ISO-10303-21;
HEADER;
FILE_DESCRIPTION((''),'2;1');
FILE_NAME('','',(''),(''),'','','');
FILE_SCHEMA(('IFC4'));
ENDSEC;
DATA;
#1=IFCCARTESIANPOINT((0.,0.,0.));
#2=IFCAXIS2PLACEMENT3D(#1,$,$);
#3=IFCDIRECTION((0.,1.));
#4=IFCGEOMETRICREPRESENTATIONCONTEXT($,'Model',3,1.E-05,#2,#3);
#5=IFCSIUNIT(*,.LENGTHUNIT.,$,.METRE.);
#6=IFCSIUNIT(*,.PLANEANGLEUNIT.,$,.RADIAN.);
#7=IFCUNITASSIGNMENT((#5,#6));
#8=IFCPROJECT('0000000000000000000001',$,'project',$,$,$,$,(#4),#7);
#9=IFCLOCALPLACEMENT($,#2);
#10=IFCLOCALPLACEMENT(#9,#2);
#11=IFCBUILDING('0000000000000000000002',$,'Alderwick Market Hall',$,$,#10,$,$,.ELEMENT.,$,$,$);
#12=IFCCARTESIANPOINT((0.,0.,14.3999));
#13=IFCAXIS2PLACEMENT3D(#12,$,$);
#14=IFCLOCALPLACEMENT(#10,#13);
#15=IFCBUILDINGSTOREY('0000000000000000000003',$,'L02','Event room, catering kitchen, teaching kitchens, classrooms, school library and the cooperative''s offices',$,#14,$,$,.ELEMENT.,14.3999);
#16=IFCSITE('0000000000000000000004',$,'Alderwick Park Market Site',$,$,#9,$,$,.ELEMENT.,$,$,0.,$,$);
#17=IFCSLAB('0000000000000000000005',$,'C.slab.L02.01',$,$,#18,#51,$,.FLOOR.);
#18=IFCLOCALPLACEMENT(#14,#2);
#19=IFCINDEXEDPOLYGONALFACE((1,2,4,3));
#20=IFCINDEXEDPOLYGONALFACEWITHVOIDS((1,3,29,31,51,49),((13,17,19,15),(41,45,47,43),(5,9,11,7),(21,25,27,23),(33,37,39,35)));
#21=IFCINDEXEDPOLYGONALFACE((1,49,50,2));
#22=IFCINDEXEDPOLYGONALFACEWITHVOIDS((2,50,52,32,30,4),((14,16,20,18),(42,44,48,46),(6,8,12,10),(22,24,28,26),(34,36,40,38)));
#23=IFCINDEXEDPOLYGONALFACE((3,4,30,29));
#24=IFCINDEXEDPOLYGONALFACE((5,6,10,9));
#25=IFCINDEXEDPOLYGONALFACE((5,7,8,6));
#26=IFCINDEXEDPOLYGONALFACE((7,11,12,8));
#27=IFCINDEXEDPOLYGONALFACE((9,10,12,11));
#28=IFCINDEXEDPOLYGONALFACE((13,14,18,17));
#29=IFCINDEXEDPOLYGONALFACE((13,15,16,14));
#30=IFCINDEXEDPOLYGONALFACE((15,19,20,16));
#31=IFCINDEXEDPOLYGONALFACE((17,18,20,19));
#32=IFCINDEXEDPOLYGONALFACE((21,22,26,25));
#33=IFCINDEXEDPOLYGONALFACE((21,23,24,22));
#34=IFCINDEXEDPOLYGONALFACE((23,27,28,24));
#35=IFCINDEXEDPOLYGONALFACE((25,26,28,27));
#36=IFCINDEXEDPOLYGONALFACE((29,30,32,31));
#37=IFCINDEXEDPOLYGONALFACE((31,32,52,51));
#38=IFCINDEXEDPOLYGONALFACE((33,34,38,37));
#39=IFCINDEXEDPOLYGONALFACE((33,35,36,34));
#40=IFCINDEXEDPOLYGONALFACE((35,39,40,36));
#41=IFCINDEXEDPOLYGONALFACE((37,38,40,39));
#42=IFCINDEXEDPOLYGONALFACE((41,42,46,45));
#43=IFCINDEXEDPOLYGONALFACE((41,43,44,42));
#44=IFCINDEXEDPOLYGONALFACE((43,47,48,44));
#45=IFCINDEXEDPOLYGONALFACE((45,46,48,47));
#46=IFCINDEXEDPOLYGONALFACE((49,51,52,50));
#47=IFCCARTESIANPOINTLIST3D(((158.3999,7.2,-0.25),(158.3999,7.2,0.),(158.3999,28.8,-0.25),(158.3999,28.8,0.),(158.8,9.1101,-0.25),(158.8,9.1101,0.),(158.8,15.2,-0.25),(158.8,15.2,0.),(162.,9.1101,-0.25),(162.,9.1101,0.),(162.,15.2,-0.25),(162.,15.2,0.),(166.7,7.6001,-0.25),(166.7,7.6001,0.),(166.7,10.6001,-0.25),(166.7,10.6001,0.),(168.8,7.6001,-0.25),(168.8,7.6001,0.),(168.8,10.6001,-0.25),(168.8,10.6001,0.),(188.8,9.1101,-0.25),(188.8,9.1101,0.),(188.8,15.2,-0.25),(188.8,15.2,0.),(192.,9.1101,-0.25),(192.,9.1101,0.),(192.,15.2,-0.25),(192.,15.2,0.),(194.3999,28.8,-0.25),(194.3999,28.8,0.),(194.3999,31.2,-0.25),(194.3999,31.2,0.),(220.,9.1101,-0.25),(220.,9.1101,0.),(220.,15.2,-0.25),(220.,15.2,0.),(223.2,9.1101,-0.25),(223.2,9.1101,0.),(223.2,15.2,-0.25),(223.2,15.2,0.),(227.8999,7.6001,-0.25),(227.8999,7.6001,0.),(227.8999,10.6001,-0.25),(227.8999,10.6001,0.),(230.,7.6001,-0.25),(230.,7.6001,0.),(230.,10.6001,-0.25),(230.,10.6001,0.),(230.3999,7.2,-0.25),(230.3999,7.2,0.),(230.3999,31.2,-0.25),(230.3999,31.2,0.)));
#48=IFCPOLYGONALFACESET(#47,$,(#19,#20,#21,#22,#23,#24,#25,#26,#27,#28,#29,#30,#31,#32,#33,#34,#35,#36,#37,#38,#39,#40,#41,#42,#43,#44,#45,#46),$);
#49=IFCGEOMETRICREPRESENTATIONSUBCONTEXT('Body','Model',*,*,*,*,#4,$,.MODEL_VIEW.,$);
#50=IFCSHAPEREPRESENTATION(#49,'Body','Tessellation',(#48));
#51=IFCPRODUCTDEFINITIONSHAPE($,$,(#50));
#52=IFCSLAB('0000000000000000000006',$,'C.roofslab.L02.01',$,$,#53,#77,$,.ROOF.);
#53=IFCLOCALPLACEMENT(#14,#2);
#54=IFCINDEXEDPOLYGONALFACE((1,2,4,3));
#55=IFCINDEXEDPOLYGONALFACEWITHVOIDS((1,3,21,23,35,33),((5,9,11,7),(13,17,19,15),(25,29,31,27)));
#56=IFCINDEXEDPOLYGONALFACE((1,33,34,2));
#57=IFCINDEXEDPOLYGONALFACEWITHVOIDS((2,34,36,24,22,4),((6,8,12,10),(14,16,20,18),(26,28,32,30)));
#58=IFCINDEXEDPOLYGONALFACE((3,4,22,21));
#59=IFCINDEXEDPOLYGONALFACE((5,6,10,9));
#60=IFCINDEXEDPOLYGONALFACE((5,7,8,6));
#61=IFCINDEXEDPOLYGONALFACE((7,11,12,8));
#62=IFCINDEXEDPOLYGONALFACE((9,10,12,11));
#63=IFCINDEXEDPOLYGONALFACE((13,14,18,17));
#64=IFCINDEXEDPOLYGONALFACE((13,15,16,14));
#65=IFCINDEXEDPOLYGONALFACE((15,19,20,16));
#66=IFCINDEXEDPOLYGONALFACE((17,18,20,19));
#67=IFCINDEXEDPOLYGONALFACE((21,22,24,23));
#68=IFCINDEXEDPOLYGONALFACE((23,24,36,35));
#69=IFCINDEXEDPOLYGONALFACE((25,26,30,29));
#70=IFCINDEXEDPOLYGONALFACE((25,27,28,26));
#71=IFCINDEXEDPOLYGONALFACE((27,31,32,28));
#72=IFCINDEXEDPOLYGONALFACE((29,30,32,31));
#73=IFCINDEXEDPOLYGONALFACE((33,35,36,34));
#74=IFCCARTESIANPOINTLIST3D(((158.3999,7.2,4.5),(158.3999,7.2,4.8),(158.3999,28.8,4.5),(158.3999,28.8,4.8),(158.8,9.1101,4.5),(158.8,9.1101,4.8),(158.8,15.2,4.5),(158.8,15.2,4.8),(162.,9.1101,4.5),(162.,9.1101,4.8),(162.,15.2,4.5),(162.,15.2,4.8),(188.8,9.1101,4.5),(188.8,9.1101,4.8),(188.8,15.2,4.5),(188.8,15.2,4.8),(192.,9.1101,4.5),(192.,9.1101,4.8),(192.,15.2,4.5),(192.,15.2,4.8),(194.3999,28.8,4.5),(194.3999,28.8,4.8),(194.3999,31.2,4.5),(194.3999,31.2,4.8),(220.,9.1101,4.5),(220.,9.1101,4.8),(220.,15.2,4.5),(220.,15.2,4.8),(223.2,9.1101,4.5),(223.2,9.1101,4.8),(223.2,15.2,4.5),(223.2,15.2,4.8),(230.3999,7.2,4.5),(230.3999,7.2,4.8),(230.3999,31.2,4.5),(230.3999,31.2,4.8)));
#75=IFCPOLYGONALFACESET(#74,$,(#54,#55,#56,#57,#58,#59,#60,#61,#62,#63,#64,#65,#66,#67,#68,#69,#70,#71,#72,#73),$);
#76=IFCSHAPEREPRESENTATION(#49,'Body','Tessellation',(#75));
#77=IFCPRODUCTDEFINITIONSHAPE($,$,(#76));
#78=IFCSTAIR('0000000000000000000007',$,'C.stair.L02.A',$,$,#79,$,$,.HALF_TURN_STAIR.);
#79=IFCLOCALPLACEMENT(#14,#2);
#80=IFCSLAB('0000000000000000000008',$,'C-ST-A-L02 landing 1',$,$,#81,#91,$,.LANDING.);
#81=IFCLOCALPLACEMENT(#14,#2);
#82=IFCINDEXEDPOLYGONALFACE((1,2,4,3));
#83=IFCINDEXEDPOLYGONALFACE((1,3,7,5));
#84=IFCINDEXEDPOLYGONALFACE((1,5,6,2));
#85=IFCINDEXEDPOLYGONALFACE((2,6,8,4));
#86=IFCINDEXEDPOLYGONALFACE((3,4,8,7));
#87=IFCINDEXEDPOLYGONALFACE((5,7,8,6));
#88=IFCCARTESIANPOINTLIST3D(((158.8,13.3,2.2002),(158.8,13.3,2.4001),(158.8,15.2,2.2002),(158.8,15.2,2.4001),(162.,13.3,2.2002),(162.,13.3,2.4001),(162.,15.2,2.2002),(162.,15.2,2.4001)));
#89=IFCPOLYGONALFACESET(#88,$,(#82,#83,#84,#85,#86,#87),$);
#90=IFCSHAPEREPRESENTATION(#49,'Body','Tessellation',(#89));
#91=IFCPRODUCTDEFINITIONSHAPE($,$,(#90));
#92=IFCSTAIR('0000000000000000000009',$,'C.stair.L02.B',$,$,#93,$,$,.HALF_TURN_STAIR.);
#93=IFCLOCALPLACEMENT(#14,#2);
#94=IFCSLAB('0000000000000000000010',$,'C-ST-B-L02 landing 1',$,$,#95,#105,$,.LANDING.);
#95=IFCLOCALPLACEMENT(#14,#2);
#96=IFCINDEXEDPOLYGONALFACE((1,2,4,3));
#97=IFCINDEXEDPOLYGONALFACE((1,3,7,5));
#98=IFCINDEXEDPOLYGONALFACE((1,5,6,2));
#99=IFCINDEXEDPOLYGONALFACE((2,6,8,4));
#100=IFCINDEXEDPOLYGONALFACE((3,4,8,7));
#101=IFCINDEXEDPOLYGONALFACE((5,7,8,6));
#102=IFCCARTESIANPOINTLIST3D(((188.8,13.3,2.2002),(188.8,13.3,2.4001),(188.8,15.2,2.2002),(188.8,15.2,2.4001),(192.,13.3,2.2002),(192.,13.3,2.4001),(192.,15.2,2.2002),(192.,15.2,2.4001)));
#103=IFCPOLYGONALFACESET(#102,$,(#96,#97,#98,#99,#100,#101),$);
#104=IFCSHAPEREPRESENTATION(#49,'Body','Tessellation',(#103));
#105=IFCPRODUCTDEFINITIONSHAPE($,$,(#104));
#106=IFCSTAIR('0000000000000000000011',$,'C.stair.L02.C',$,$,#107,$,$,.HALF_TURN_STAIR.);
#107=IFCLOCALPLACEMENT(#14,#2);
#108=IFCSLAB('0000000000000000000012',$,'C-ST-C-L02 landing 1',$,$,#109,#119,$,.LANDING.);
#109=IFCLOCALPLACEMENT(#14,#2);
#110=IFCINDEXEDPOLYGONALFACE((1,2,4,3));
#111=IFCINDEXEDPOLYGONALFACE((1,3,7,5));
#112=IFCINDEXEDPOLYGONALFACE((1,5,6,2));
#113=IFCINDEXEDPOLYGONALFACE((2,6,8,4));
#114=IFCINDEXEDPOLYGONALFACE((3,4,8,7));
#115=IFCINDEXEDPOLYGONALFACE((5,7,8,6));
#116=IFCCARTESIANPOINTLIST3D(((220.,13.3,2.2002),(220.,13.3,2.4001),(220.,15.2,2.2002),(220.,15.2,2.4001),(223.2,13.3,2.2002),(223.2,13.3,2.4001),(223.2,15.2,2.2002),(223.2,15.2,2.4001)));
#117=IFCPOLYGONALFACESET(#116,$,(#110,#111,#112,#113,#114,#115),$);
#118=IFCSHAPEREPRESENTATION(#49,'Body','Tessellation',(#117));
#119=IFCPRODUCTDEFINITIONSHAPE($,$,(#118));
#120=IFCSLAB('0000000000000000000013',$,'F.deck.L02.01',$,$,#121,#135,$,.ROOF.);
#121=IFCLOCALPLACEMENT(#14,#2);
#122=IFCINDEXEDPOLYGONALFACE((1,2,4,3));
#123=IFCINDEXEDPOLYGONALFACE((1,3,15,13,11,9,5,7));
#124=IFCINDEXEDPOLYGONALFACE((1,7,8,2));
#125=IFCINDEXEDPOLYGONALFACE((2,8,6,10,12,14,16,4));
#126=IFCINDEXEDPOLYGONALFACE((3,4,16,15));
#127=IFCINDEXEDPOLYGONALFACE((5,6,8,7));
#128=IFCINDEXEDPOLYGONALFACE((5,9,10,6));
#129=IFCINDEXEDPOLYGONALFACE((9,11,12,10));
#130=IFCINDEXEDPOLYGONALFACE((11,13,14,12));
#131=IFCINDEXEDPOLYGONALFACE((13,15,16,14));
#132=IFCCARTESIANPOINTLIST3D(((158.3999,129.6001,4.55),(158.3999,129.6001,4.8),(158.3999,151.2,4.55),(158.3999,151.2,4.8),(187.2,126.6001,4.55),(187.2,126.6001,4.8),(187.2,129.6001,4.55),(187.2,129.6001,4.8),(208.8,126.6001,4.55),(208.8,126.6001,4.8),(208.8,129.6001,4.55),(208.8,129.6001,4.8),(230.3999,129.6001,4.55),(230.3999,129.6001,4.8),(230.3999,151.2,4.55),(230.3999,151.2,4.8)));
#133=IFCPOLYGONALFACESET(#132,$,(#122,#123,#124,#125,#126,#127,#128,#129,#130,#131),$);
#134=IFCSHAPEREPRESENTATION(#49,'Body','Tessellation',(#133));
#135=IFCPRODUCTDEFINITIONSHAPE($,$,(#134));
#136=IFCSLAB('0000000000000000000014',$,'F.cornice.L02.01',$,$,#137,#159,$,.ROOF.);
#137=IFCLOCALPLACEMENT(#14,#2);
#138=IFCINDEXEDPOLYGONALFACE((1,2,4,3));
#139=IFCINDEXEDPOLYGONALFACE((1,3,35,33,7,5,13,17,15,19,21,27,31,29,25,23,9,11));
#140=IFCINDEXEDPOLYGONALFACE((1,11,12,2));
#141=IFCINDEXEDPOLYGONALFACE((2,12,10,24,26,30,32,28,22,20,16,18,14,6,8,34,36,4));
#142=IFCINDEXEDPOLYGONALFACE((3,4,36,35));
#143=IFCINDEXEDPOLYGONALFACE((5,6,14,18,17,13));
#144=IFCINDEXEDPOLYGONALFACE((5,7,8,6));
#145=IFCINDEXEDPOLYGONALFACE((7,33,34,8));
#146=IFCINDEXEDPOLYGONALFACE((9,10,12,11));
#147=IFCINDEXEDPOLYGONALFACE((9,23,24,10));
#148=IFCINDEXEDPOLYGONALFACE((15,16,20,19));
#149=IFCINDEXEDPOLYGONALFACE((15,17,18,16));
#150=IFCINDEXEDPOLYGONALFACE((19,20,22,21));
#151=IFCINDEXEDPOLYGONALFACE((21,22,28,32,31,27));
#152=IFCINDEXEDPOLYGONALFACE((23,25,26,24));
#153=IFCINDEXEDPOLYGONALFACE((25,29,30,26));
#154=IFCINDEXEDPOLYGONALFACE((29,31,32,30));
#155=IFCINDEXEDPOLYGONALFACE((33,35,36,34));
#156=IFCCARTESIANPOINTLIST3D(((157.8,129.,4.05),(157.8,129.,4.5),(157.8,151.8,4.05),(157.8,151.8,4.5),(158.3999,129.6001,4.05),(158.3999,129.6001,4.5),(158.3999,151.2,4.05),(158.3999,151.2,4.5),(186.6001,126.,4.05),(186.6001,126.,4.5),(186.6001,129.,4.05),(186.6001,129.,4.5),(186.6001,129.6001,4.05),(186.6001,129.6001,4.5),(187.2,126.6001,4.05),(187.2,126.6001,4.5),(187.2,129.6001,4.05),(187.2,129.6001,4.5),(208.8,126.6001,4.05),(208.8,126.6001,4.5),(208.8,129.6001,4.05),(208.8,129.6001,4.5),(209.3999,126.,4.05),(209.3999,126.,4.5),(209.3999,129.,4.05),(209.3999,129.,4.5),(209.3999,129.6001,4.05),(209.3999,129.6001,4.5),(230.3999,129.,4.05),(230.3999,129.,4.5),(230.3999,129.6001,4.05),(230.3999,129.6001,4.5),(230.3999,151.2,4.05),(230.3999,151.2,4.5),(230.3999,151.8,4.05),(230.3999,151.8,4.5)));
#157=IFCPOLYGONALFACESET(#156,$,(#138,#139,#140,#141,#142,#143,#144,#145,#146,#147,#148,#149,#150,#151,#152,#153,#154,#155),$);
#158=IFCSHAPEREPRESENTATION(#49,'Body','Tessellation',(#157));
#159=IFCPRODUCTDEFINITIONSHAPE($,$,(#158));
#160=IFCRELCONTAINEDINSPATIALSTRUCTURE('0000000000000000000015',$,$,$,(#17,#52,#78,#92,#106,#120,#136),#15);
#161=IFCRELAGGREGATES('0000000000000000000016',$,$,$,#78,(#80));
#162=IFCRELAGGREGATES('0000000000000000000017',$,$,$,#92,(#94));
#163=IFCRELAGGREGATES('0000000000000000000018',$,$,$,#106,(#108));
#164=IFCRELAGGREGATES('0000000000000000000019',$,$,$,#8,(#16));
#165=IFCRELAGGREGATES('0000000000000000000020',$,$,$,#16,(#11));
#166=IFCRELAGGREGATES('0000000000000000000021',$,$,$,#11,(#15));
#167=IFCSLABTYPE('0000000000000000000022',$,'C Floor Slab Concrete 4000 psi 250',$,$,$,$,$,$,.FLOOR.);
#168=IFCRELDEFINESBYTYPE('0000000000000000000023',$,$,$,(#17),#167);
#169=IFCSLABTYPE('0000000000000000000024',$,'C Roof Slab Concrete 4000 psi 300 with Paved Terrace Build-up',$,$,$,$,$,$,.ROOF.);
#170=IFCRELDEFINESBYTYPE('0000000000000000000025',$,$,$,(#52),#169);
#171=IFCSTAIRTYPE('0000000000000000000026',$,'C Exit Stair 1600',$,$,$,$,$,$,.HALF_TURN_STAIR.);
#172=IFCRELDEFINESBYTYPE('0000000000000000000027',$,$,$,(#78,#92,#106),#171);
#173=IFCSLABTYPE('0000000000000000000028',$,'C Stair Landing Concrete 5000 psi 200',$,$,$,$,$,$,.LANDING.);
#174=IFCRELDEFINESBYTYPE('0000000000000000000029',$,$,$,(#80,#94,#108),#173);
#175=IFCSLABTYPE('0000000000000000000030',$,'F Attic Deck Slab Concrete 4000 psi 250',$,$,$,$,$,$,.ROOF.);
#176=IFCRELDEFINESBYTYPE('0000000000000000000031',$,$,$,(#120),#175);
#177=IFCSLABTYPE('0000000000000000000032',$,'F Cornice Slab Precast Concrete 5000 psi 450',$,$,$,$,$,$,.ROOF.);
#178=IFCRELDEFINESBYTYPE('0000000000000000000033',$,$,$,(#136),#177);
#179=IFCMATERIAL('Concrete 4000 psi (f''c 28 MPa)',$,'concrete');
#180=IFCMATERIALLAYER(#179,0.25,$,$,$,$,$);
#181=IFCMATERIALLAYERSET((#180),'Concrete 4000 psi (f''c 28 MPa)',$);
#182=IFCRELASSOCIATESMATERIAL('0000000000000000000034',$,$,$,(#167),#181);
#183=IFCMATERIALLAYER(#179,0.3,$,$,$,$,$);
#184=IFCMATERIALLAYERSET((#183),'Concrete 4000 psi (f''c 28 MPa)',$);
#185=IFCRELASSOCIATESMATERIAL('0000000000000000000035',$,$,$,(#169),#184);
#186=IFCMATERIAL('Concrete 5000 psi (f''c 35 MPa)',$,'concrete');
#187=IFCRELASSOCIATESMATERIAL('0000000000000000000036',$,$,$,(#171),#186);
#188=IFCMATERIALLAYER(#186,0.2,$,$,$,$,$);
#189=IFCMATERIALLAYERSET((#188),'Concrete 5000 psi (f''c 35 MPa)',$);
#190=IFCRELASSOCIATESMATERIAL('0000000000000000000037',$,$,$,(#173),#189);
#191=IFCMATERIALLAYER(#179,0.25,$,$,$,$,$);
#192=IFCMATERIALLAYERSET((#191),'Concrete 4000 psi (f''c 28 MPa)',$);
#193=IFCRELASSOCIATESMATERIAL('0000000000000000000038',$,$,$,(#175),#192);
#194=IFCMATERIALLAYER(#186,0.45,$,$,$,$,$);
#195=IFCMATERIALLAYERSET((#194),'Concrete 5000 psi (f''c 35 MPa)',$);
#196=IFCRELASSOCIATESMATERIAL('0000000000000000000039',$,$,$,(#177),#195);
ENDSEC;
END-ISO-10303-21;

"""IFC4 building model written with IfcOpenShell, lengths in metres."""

from ifc_helpers import new_model, si_unit, direction, frame, origin, place, context, subcontext, project, spatial, polyline, outline, extrude, material, layer, layer_set, type_object, element, aggregate, save


model = new_model("IFC4")

# Units and contexts
model_context = context("Model", 3, precision=1e-05, world=origin(), true_north=direction((0.0, 1.0)))
body_context = subcontext(model_context, "Body", "Model", "MODEL_VIEW")
ifc_project = project(units=[si_unit("LENGTHUNIT", "METRE"), si_unit("PLANEANGLEUNIT", "RADIAN")], contexts=[model_context])

# Site, building, storey
site_placement = place(None, origin())
site = spatial("IfcSite", under=ifc_project, at=site_placement, Name="Alderwick Park Market Site", CompositionType="ELEMENT", RefElevation=0.0)
building_placement = place(site_placement, origin())
building = spatial("IfcBuilding", under=site, at=building_placement, Name="Alderwick Market Hall", CompositionType="ELEMENT")
storey_placement = place(building_placement, frame((0.0, 0.0, 14.3999)))
storey = spatial("IfcBuildingStorey", under=building, at=storey_placement, Name="L02", Description="Event room, catering kitchen, teaching kitchens, classrooms, school library and the cooperative's offices", CompositionType="ELEMENT", Elevation=14.3999)

# Slabs
ifc_material_1 = material(Name="Concrete 4000 psi (f'c 28 MPa)", Category="concrete")
ifc_material_2 = material(Name="Concrete 5000 psi (f'c 35 MPa)", Category="concrete")
ifc_layer_1 = layer(ifc_material_1, 0.25)
ifc_layer_set_1 = layer_set([ifc_layer_1], Name="Concrete 4000 psi (f'c 28 MPa)")
slab_type_1 = type_object("IfcSlabType", Name="C Floor Slab Concrete 4000 psi 250", PredefinedType="FLOOR", material=ifc_layer_set_1)
slab_1_placement = place(storey_placement, frame((0.0, 0.0, -0.25)))
element("IfcSlab", 1, at=slab_1_placement, inside=storey, type_object=slab_type_1, Name="C.slab.L02.01", PredefinedType="FLOOR", context=body_context, shape_type="SweptSolid", body=[
    extrude(outline(polyline([(230.3999, 7.2), (230.3999, 31.2), (194.3999, 31.2), (194.3999, 28.8), (158.3999, 28.8), (158.3999, 7.2), (230.3999, 7.2)]), holes=[polyline([(158.8, 15.2), (162.0, 15.2), (162.0, 9.1101), (158.8, 9.1101), (158.8, 15.2)]), polyline([(166.7, 10.6001), (168.8, 10.6001), (168.8, 7.6001), (166.7, 7.6001), (166.7, 10.6001)]), polyline([(188.8, 15.2), (192.0, 15.2), (192.0, 9.1101), (188.8, 9.1101), (188.8, 15.2)]), polyline([(220.0, 15.2), (223.2, 15.2), (223.2, 9.1101), (220.0, 9.1101), (220.0, 15.2)]), polyline([(227.8999, 10.6001), (230.0, 10.6001), (230.0, 7.6001), (227.8999, 7.6001), (227.8999, 10.6001)])]), origin(), (0.0, 0.0, 1.0), 0.25),
])
ifc_layer_2 = layer(ifc_material_1, 0.3)
ifc_layer_set_2 = layer_set([ifc_layer_2], Name="Concrete 4000 psi (f'c 28 MPa)")
slab_type_2 = type_object("IfcSlabType", Name="C Roof Slab Concrete 4000 psi 300 with Paved Terrace Build-up", PredefinedType="ROOF", material=ifc_layer_set_2)
slab_2_placement = place(storey_placement, frame((0.0, 0.0, 4.5)))
element("IfcSlab", 2, at=slab_2_placement, inside=storey, type_object=slab_type_2, Name="C.roofslab.L02.01", PredefinedType="ROOF", context=body_context, shape_type="SweptSolid", body=[
    extrude(outline(polyline([(230.3999, 7.2), (230.3999, 31.2), (194.3999, 31.2), (194.3999, 28.8), (158.3999, 28.8), (158.3999, 7.2), (230.3999, 7.2)]), holes=[polyline([(158.8, 15.2), (162.0, 15.2), (162.0, 9.1101), (158.8, 9.1101), (158.8, 15.2)]), polyline([(188.8, 15.2), (192.0, 15.2), (192.0, 9.1101), (188.8, 9.1101), (188.8, 15.2)]), polyline([(220.0, 15.2), (223.2, 15.2), (223.2, 9.1101), (220.0, 9.1101), (220.0, 15.2)])]), origin(), (0.0, 0.0, 1.0), 0.3),
])

# Stairs, slabs
stair_type = type_object("IfcStairType", Name="C Exit Stair 1600", PredefinedType="HALF_TURN_STAIR", material=ifc_material_2)
stair_1_placement = place(storey_placement, origin())
stair_1 = element("IfcStair", 3, at=stair_1_placement, inside=storey, type_object=stair_type, Name="C.stair.L02.A", PredefinedType="HALF_TURN_STAIR")
ifc_layer_3 = layer(ifc_material_2, 0.2)
ifc_layer_set_3 = layer_set([ifc_layer_3], Name="Concrete 5000 psi (f'c 35 MPa)")
slab_type_3 = type_object("IfcSlabType", Name="C Stair Landing Concrete 5000 psi 200", PredefinedType="LANDING", material=ifc_layer_set_3)
slab_3_placement = place(storey_placement, frame((0.0, 0.0, 2.2002)))
slab_3 = element("IfcSlab", 4, at=slab_3_placement, type_object=slab_type_3, Name="C-ST-A-L02 landing 1", PredefinedType="LANDING", context=body_context, shape_type="SweptSolid", body=[
    extrude(outline(polyline([(158.8, 15.2), (162.0, 15.2), (162.0, 13.3), (158.8, 13.3), (158.8, 15.2)])), origin(), (0.0, 0.0, 1.0), 0.2),
])
aggregate(stair_1, [slab_3])
stair_2_placement = place(storey_placement, origin())
stair_2 = element("IfcStair", 5, at=stair_2_placement, inside=storey, type_object=stair_type, Name="C.stair.L02.B", PredefinedType="HALF_TURN_STAIR")
slab_4_placement = place(storey_placement, frame((0.0, 0.0, 2.2002)))
slab_4 = element("IfcSlab", 6, at=slab_4_placement, type_object=slab_type_3, Name="C-ST-B-L02 landing 1", PredefinedType="LANDING", context=body_context, shape_type="SweptSolid", body=[
    extrude(outline(polyline([(188.8, 15.2), (192.0, 15.2), (192.0, 13.3), (188.8, 13.3), (188.8, 15.2)])), origin(), (0.0, 0.0, 1.0), 0.2),
])
aggregate(stair_2, [slab_4])
stair_3_placement = place(storey_placement, origin())
stair_3 = element("IfcStair", 7, at=stair_3_placement, inside=storey, type_object=stair_type, Name="C.stair.L02.C", PredefinedType="HALF_TURN_STAIR")
slab_5_placement = place(storey_placement, frame((0.0, 0.0, 2.2002)))
slab_5 = element("IfcSlab", 8, at=slab_5_placement, type_object=slab_type_3, Name="C-ST-C-L02 landing 1", PredefinedType="LANDING", context=body_context, shape_type="SweptSolid", body=[
    extrude(outline(polyline([(220.0, 15.2), (223.2, 15.2), (223.2, 13.3), (220.0, 13.3), (220.0, 15.2)])), origin(), (0.0, 0.0, 1.0), 0.2),
])
aggregate(stair_3, [slab_5])

# Slabs
ifc_layer_4 = layer(ifc_material_1, 0.25)
ifc_layer_set_4 = layer_set([ifc_layer_4], Name="Concrete 4000 psi (f'c 28 MPa)")
slab_type_4 = type_object("IfcSlabType", Name="F Attic Deck Slab Concrete 4000 psi 250", PredefinedType="ROOF", material=ifc_layer_set_4)
slab_6_placement = place(storey_placement, frame((0.0, 0.0, 4.55)))
element("IfcSlab", 9, at=slab_6_placement, inside=storey, type_object=slab_type_4, Name="F.deck.L02.01", PredefinedType="ROOF", context=body_context, shape_type="SweptSolid", body=[
    extrude(outline(polyline([(158.3999, 129.6001), (158.3999, 151.2), (230.3999, 151.2), (230.3999, 129.6001), (208.8, 129.6001), (208.8, 126.6001), (187.2, 126.6001), (187.2, 129.6001), (158.3999, 129.6001)])), origin(), (0.0, 0.0, 1.0), 0.25),
])
ifc_layer_5 = layer(ifc_material_2, 0.45)
ifc_layer_set_5 = layer_set([ifc_layer_5], Name="Concrete 5000 psi (f'c 35 MPa)")
slab_type_5 = type_object("IfcSlabType", Name="F Cornice Slab Precast Concrete 5000 psi 450", PredefinedType="ROOF", material=ifc_layer_set_5)
slab_7_placement = place(storey_placement, frame((0.0, 0.0, 4.05)))
element("IfcSlab", 10, at=slab_7_placement, inside=storey, type_object=slab_type_5, Name="F.cornice.L02.01", PredefinedType="ROOF", context=body_context, shape_type="SweptSolid", body=[
    extrude(outline(polyline([(209.3999, 126.0), (186.6001, 126.0), (186.6001, 129.0), (157.8, 129.0), (157.8, 151.8), (230.3999, 151.8), (230.3999, 151.2), (158.3999, 151.2), (158.3999, 129.6001), (186.6001, 129.6001), (187.2, 129.6001), (187.2, 126.6001), (208.8, 126.6001), (208.8, 129.6001), (209.3999, 129.6001), (230.3999, 129.6001), (230.3999, 129.0), (209.3999, 129.0), (209.3999, 126.0)])), origin(), (0.0, 0.0, 1.0), 0.45),
])

save(model, "model.ifc")
